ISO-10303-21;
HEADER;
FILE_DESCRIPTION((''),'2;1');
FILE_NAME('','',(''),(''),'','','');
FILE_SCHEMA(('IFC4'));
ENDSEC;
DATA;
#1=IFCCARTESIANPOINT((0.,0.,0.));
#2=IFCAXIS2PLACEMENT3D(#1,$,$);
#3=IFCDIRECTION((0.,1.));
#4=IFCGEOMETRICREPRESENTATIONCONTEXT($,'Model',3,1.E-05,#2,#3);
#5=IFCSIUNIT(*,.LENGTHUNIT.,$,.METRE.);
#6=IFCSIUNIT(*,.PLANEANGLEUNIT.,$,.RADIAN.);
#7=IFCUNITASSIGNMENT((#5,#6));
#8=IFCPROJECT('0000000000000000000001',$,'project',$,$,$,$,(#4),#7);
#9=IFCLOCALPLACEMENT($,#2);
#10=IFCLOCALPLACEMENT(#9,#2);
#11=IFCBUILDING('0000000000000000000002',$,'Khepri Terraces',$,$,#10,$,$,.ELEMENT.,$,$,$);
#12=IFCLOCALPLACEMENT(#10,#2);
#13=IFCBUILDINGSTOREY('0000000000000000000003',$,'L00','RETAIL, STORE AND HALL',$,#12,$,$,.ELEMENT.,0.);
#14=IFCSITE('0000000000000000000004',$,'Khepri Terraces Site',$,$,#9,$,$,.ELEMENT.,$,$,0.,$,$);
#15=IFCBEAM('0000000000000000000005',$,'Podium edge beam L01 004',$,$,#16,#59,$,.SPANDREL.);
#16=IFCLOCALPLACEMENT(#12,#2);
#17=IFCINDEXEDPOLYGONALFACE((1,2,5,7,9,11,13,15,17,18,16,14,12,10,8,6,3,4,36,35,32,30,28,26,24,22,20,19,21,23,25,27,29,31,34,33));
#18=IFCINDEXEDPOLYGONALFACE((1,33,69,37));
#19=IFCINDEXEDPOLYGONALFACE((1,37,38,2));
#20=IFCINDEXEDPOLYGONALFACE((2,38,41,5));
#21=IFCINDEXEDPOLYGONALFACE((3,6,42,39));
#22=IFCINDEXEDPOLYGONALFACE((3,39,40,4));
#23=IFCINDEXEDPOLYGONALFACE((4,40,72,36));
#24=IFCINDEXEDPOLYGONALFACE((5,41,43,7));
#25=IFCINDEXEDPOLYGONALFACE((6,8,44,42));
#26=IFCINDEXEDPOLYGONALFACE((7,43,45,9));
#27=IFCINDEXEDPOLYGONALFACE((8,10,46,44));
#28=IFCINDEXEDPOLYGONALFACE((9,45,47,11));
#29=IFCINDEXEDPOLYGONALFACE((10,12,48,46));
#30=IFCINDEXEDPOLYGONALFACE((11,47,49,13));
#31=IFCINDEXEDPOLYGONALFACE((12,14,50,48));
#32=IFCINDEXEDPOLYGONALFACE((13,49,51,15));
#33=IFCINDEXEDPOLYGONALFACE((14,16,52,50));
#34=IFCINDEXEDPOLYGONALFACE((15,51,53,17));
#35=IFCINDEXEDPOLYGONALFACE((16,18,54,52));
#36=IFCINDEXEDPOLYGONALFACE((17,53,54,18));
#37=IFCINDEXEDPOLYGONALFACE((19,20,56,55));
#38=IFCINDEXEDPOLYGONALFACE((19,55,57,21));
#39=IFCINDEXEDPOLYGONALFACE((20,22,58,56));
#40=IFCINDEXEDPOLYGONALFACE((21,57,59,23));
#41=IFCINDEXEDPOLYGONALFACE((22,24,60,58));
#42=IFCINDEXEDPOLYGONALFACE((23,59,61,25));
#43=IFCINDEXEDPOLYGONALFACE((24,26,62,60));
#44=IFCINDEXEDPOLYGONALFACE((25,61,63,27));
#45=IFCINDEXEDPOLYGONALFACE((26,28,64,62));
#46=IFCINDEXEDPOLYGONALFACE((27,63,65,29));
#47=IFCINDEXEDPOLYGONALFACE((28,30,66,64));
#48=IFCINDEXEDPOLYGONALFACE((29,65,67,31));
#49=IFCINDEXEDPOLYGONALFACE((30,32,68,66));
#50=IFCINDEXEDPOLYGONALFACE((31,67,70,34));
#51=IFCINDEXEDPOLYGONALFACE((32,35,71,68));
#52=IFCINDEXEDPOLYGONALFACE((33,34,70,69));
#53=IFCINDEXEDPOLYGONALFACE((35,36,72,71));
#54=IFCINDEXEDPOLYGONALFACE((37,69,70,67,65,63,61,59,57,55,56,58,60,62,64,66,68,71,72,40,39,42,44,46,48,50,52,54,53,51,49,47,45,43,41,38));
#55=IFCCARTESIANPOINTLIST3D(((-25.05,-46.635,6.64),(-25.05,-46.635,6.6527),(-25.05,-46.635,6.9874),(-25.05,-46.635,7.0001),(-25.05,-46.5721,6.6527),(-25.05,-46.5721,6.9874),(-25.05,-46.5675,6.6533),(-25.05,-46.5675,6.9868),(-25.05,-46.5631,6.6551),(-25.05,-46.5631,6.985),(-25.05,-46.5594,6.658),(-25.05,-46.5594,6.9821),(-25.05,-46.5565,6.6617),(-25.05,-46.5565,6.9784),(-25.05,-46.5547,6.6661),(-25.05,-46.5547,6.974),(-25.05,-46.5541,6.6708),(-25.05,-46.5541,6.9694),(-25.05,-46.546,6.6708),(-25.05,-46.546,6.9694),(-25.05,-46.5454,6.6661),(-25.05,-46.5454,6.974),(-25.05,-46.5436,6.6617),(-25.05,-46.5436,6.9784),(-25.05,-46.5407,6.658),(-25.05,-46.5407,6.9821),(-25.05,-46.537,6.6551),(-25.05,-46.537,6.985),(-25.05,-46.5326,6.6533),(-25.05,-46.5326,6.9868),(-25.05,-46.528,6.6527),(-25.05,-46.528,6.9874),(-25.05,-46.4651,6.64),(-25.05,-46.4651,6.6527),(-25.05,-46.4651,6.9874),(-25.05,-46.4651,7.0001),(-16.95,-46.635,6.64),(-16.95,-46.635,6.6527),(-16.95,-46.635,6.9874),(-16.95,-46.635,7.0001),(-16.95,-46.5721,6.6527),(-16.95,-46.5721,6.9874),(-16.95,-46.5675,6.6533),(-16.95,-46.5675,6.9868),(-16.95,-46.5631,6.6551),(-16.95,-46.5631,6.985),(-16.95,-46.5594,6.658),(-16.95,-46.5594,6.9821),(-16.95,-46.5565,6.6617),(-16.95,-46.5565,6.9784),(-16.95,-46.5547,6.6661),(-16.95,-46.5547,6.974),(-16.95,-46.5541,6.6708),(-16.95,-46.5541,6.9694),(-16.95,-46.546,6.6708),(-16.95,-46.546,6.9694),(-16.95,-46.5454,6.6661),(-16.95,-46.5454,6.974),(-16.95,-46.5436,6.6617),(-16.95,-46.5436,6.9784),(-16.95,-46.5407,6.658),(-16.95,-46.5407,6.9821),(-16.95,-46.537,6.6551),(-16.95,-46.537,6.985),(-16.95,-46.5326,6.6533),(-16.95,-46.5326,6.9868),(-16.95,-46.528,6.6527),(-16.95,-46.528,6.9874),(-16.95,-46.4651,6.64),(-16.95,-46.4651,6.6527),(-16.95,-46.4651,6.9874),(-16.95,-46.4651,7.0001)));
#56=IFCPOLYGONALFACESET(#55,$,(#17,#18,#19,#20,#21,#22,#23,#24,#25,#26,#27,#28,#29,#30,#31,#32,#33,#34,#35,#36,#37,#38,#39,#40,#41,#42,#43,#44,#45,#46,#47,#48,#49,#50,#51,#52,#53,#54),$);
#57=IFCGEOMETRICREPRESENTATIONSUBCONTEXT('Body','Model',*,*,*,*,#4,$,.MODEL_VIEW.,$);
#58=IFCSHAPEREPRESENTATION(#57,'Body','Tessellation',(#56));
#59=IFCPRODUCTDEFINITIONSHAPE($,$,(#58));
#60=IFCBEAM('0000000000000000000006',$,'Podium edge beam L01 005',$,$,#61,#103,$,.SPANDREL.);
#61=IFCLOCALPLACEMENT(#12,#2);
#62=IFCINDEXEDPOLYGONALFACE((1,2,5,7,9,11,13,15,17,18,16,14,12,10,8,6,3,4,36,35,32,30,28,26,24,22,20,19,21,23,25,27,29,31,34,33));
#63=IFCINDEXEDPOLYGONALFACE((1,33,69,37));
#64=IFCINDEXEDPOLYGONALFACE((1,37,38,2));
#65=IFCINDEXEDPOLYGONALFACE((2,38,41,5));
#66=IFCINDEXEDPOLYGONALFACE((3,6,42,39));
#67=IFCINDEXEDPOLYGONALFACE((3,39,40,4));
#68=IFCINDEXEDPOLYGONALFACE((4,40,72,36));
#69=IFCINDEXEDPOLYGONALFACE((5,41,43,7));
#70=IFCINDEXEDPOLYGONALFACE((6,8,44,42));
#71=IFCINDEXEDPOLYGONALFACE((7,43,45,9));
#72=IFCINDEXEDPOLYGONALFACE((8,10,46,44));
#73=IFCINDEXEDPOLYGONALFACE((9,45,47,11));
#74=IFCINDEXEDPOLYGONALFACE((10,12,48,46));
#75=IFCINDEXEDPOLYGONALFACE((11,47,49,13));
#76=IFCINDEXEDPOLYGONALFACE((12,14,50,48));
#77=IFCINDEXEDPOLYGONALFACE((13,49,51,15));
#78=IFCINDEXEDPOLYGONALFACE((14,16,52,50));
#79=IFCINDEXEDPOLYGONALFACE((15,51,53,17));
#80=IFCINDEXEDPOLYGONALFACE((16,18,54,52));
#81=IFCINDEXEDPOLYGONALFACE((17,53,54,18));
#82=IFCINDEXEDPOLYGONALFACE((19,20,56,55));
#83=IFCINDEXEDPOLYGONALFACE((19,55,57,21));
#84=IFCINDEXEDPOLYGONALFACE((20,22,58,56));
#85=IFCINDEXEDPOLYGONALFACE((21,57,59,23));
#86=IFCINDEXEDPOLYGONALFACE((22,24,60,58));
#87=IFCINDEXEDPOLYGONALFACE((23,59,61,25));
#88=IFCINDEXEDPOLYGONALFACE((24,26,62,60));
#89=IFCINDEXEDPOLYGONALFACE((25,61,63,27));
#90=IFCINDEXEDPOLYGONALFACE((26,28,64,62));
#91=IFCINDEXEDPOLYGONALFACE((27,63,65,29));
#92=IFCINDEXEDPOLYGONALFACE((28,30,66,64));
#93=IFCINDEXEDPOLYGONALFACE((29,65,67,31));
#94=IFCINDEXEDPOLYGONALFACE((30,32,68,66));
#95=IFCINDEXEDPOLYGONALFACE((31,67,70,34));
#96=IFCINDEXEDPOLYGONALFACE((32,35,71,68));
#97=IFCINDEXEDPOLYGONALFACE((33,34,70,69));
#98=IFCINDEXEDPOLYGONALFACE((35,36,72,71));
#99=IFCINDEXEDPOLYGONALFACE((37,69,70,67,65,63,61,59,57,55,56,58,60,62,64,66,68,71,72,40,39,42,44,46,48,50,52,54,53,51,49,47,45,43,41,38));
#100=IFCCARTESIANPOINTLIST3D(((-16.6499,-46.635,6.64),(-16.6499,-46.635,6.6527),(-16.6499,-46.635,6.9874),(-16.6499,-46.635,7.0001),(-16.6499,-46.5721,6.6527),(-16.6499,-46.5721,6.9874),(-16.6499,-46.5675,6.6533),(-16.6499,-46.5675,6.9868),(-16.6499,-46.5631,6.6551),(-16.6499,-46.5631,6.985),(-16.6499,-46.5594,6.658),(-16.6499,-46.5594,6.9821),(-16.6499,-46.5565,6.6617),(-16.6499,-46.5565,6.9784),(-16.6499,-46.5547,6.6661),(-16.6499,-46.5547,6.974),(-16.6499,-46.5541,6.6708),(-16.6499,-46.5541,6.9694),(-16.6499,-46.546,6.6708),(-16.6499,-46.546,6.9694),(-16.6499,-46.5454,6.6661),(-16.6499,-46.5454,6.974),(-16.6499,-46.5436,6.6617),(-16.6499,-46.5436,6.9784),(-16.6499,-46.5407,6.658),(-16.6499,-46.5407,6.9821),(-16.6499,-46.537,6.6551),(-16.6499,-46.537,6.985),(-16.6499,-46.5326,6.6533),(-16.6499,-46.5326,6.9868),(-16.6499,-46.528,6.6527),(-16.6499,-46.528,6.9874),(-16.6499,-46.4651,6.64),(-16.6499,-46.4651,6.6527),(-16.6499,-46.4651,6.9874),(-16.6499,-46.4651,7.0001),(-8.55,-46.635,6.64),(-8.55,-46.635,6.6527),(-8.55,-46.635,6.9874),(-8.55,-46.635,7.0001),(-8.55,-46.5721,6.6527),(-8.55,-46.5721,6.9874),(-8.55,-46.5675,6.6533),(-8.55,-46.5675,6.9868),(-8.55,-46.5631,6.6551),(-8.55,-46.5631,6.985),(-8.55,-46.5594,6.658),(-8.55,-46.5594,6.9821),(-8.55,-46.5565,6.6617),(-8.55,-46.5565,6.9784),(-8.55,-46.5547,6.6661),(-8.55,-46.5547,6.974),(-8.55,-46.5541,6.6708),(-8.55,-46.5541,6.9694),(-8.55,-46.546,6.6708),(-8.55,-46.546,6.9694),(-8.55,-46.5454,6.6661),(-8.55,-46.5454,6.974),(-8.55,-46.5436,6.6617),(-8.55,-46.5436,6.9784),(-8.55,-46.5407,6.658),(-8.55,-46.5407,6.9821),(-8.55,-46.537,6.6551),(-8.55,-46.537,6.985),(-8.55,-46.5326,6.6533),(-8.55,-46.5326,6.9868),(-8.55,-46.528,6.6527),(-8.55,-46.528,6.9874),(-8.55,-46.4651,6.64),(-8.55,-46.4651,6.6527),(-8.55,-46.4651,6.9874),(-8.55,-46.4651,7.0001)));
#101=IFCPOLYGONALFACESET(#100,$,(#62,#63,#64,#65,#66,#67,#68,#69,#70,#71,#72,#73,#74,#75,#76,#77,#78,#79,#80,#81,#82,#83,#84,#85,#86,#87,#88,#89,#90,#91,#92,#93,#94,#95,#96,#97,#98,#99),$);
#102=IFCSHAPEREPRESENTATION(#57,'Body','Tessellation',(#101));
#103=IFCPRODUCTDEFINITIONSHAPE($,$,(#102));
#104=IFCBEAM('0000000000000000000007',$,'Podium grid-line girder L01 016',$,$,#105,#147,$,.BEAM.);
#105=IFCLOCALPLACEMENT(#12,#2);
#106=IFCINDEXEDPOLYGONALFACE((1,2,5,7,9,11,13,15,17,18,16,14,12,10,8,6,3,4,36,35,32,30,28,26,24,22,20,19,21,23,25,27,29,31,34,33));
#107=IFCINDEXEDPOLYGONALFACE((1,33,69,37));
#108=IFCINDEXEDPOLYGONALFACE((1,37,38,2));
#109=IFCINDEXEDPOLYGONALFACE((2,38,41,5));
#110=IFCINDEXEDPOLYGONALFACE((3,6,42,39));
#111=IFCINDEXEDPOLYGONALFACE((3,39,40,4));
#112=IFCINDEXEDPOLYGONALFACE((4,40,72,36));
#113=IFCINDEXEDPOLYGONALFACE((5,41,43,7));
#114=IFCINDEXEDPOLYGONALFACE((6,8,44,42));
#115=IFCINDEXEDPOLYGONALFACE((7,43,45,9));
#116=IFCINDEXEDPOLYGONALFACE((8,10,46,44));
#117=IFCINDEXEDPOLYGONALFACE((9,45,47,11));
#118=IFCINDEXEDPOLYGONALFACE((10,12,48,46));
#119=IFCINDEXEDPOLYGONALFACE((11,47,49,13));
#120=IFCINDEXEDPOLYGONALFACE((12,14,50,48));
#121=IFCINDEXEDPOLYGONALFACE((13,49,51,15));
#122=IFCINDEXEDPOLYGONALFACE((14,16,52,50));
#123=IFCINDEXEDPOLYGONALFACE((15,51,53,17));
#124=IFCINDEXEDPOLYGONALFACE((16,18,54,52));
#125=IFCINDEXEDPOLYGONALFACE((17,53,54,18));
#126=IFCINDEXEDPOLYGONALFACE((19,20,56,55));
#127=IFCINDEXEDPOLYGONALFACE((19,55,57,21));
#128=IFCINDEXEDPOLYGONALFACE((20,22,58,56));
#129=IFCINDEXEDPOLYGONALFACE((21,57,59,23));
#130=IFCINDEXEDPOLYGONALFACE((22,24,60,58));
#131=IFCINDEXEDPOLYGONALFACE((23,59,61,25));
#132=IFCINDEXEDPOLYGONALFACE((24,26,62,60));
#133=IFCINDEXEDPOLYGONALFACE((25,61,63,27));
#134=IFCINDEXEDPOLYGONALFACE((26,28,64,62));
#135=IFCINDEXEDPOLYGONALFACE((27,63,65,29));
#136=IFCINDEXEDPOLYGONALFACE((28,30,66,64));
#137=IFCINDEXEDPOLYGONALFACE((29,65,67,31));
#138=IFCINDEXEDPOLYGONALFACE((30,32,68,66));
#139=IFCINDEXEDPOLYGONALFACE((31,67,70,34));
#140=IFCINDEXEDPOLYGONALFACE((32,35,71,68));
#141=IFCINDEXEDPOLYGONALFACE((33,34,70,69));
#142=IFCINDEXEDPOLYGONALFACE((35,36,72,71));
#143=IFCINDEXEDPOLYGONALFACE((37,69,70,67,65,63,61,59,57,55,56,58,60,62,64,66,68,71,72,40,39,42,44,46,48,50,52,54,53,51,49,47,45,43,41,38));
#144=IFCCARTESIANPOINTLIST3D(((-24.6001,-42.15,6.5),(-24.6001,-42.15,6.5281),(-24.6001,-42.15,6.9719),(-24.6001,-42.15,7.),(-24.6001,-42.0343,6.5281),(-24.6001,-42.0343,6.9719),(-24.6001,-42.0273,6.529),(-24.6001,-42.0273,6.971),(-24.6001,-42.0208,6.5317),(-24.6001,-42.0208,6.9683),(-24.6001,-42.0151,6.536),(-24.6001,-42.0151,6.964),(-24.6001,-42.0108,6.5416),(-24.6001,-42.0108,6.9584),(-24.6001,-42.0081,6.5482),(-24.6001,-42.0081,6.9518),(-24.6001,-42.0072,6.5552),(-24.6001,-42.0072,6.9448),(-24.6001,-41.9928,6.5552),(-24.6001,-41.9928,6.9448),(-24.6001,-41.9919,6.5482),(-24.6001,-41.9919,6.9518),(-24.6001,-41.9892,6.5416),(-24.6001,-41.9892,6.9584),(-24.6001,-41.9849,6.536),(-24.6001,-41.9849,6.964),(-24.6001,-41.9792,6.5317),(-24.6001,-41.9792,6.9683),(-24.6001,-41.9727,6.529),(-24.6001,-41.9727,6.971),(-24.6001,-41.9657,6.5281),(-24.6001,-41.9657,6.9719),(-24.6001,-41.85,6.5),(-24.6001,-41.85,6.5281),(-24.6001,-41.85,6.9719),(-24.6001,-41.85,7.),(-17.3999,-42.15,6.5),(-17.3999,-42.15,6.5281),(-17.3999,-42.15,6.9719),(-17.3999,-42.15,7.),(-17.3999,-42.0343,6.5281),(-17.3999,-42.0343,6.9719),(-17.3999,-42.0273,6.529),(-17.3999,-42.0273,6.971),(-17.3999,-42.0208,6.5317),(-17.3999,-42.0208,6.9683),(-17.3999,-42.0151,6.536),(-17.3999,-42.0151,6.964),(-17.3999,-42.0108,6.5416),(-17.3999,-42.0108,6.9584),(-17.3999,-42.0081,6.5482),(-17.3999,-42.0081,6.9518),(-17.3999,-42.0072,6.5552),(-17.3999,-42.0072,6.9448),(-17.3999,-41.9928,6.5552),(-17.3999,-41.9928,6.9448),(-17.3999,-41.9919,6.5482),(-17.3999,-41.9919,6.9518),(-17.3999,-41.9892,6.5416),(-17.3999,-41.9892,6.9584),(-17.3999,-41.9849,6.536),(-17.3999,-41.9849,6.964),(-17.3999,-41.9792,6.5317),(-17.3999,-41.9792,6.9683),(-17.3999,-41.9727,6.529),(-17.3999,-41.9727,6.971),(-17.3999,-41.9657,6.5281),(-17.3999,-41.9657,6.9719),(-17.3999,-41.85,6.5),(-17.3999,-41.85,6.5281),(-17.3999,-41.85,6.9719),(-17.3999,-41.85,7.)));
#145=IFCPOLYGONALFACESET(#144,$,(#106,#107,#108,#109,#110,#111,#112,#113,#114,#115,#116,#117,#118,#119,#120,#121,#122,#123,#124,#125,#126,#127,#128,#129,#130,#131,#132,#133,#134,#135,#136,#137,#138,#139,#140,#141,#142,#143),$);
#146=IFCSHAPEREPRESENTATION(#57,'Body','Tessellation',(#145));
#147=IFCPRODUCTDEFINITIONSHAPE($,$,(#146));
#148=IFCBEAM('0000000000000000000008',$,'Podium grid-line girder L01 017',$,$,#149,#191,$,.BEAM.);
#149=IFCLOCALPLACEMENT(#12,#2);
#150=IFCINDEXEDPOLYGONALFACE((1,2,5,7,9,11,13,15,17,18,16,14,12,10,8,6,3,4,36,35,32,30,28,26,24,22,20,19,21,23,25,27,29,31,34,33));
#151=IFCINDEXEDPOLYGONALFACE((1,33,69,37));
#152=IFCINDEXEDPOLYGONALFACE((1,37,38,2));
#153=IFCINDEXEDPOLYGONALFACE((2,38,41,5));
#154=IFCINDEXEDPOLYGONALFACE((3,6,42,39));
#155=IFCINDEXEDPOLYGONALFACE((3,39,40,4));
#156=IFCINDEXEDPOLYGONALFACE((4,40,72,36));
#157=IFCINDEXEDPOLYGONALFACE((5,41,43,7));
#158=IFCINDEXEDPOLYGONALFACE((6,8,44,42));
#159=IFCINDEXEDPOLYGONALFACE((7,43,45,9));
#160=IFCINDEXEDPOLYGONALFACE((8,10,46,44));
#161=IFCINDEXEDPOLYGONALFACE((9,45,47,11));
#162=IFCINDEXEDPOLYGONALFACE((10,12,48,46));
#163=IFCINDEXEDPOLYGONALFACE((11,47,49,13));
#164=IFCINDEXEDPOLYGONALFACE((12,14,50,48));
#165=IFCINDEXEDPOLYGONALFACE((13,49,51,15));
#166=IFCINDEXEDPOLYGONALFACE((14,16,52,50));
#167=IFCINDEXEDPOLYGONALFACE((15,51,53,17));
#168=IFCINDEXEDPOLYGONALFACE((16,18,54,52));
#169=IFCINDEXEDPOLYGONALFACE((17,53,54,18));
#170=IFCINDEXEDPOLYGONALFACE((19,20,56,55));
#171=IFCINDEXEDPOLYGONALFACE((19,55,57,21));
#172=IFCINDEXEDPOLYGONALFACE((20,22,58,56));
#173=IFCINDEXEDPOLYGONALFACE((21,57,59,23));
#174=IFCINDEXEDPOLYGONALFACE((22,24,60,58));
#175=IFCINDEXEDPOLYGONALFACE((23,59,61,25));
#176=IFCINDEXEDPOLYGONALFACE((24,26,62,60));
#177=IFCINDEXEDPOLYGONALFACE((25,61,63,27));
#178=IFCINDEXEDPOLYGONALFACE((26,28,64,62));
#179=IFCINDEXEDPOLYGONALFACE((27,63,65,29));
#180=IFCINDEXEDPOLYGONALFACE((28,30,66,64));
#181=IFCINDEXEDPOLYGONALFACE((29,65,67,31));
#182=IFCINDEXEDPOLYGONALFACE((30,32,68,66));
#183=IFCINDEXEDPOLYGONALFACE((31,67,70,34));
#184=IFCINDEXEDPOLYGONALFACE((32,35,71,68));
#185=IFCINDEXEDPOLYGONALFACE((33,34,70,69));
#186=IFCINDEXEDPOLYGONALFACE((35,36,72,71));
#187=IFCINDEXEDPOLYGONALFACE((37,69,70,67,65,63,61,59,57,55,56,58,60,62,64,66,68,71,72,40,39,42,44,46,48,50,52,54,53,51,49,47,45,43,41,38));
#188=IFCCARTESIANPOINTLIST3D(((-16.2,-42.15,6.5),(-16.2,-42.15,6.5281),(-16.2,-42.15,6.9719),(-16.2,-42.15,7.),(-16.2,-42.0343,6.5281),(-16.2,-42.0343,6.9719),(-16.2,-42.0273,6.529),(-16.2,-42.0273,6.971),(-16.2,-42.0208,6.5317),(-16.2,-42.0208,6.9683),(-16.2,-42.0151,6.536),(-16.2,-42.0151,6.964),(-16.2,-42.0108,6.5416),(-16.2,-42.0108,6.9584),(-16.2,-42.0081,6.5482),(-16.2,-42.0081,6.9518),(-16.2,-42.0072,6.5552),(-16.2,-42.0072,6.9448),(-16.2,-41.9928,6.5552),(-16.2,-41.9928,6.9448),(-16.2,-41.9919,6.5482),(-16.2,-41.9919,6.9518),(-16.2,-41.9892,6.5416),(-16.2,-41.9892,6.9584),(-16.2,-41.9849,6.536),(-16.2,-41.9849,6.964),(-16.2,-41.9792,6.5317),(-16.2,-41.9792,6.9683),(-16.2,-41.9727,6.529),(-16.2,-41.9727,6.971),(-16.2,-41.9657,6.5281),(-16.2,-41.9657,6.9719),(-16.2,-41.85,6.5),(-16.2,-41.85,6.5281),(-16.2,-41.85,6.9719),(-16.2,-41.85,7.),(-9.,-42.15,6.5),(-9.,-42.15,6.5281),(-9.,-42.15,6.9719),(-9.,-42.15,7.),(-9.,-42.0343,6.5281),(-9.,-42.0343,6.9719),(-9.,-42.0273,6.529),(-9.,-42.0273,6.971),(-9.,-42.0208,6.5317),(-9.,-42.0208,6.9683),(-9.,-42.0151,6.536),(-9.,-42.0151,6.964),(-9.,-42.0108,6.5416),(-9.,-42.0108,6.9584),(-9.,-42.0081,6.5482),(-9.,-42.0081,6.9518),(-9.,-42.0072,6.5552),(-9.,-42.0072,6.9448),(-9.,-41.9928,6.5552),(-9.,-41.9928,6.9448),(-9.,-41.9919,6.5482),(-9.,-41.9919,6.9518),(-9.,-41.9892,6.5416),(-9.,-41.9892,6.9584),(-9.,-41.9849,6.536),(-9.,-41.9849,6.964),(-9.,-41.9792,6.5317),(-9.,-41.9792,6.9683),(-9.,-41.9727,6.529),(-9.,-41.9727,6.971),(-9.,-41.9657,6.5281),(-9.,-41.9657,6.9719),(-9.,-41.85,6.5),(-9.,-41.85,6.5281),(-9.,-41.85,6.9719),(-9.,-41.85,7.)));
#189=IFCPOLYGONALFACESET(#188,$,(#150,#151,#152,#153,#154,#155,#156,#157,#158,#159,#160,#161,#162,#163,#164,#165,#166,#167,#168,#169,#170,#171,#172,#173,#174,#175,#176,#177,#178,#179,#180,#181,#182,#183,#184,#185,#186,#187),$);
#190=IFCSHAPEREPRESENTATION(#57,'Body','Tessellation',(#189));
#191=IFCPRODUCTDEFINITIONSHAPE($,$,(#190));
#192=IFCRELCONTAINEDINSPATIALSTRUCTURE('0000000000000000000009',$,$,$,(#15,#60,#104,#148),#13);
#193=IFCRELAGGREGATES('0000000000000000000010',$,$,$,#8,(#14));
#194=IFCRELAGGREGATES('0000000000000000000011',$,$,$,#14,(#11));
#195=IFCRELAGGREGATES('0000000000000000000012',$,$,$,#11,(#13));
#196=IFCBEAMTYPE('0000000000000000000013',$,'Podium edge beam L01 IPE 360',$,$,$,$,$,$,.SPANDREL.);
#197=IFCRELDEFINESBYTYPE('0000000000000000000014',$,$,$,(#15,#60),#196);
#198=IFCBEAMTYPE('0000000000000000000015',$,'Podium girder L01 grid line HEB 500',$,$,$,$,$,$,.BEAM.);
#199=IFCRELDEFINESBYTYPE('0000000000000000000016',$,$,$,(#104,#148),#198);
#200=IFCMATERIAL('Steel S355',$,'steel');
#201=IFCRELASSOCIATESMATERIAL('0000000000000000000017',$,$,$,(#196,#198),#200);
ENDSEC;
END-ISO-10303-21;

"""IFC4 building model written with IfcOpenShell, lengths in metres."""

from ifc_helpers import new_model, si_unit, direction, frame, origin, origin_2d, place, context, subcontext, project, spatial, i_section, extrude, material, material_profile, profile_set, type_object, element, save


model = new_model("IFC4")

# Units and contexts
model_context = context("Model", 3, precision=1e-05, world=origin(), true_north=direction((0.0, 1.0)))
body_context = subcontext(model_context, "Body", "Model", "MODEL_VIEW")
ifc_project = project(units=[si_unit("LENGTHUNIT", "METRE"), si_unit("PLANEANGLEUNIT", "RADIAN")], contexts=[model_context])

# Site, building, storey
site_placement = place(None, origin())
site = spatial("IfcSite", under=ifc_project, at=site_placement, Name="Khepri Terraces Site", CompositionType="ELEMENT", RefElevation=0.0)
building_placement = place(site_placement, origin())
building = spatial("IfcBuilding", under=site, at=building_placement, Name="Khepri Terraces", CompositionType="ELEMENT")
storey_placement = place(building_placement, origin())
storey = spatial("IfcBuildingStorey", under=building, at=storey_placement, Name="L00", Description="RETAIL, STORE AND HALL", CompositionType="ELEMENT", Elevation=0.0)

# Beams
ifc_material_1 = material(Name="Steel S355", Category="steel")
ifc_material_profile_1 = material_profile(ifc_material_1, i_section(OverallWidth=0.1699, OverallDepth=0.3601, WebThickness=0.0081, FlangeThickness=0.0127, FilletRadius=0.0181, at=origin_2d()), Name="Steel S355", Category="steel")
ifc_profile_set_1 = profile_set([ifc_material_profile_1], Name="Steel S355")
beam_type_1 = type_object("IfcBeamType", Name="Podium edge beam L01 IPE 360", PredefinedType="SPANDREL", material=ifc_profile_set_1)
beam_1_placement = place(storey_placement, frame((-25.05, -46.55, 6.8201), z_axis=(1.0, 0.0, 0.0), x_axis=(0.0, 1.0, 0.0)))
element("IfcBeam", 1, at=beam_1_placement, inside=storey, type_object=beam_type_1, Name="Podium edge beam L01 004", PredefinedType="SPANDREL", context=body_context, shape_type="SweptSolid", body=[
    extrude(i_section(OverallWidth=0.1699, OverallDepth=0.3601, WebThickness=0.0081, FlangeThickness=0.0127, FilletRadius=0.0181, at=origin_2d()), origin(), (0.0, 0.0, 1.0), 8.1001),
])
beam_2_placement = place(storey_placement, frame((-16.6499, -46.55, 6.8201), z_axis=(1.0, 0.0, 0.0), x_axis=(0.0, 1.0, 0.0)))
element("IfcBeam", 2, at=beam_2_placement, inside=storey, type_object=beam_type_1, Name="Podium edge beam L01 005", PredefinedType="SPANDREL", context=body_context, shape_type="SweptSolid", body=[
    extrude(i_section(OverallWidth=0.1699, OverallDepth=0.3601, WebThickness=0.0081, FlangeThickness=0.0127, FilletRadius=0.0181, at=origin_2d()), origin(), (0.0, 0.0, 1.0), 8.0999),
])
ifc_material_profile_2 = material_profile(ifc_material_1, i_section(OverallWidth=0.3, OverallDepth=0.5, WebThickness=0.0144, FlangeThickness=0.0281, FilletRadius=0.0271, at=origin_2d()), Name="Steel S355", Category="steel")
ifc_profile_set_2 = profile_set([ifc_material_profile_2], Name="Steel S355")
beam_type_2 = type_object("IfcBeamType", Name="Podium girder L01 grid line HEB 500", PredefinedType="BEAM", material=ifc_profile_set_2)
beam_3_placement = place(storey_placement, frame((-24.6001, -42.0, 6.75), z_axis=(1.0, 0.0, 0.0), x_axis=(0.0, 1.0, 0.0)))
element("IfcBeam", 3, at=beam_3_placement, inside=storey, type_object=beam_type_2, Name="Podium grid-line girder L01 016", PredefinedType="BEAM", context=body_context, shape_type="SweptSolid", body=[
    extrude(i_section(OverallWidth=0.3, OverallDepth=0.5, WebThickness=0.0144, FlangeThickness=0.0281, FilletRadius=0.0271, at=origin_2d()), origin(), (0.0, 0.0, 1.0), 7.2002),
])
beam_4_placement = place(storey_placement, frame((-16.2, -42.0, 6.75), z_axis=(1.0, 0.0, 0.0), x_axis=(0.0, 1.0, 0.0)))
element("IfcBeam", 4, at=beam_4_placement, inside=storey, type_object=beam_type_2, Name="Podium grid-line girder L01 017", PredefinedType="BEAM", context=body_context, shape_type="SweptSolid", body=[
    extrude(i_section(OverallWidth=0.3, OverallDepth=0.5, WebThickness=0.0144, FlangeThickness=0.0281, FilletRadius=0.0271, at=origin_2d()), origin(), (0.0, 0.0, 1.0), 7.2),
])

save(model, "model.ifc")
